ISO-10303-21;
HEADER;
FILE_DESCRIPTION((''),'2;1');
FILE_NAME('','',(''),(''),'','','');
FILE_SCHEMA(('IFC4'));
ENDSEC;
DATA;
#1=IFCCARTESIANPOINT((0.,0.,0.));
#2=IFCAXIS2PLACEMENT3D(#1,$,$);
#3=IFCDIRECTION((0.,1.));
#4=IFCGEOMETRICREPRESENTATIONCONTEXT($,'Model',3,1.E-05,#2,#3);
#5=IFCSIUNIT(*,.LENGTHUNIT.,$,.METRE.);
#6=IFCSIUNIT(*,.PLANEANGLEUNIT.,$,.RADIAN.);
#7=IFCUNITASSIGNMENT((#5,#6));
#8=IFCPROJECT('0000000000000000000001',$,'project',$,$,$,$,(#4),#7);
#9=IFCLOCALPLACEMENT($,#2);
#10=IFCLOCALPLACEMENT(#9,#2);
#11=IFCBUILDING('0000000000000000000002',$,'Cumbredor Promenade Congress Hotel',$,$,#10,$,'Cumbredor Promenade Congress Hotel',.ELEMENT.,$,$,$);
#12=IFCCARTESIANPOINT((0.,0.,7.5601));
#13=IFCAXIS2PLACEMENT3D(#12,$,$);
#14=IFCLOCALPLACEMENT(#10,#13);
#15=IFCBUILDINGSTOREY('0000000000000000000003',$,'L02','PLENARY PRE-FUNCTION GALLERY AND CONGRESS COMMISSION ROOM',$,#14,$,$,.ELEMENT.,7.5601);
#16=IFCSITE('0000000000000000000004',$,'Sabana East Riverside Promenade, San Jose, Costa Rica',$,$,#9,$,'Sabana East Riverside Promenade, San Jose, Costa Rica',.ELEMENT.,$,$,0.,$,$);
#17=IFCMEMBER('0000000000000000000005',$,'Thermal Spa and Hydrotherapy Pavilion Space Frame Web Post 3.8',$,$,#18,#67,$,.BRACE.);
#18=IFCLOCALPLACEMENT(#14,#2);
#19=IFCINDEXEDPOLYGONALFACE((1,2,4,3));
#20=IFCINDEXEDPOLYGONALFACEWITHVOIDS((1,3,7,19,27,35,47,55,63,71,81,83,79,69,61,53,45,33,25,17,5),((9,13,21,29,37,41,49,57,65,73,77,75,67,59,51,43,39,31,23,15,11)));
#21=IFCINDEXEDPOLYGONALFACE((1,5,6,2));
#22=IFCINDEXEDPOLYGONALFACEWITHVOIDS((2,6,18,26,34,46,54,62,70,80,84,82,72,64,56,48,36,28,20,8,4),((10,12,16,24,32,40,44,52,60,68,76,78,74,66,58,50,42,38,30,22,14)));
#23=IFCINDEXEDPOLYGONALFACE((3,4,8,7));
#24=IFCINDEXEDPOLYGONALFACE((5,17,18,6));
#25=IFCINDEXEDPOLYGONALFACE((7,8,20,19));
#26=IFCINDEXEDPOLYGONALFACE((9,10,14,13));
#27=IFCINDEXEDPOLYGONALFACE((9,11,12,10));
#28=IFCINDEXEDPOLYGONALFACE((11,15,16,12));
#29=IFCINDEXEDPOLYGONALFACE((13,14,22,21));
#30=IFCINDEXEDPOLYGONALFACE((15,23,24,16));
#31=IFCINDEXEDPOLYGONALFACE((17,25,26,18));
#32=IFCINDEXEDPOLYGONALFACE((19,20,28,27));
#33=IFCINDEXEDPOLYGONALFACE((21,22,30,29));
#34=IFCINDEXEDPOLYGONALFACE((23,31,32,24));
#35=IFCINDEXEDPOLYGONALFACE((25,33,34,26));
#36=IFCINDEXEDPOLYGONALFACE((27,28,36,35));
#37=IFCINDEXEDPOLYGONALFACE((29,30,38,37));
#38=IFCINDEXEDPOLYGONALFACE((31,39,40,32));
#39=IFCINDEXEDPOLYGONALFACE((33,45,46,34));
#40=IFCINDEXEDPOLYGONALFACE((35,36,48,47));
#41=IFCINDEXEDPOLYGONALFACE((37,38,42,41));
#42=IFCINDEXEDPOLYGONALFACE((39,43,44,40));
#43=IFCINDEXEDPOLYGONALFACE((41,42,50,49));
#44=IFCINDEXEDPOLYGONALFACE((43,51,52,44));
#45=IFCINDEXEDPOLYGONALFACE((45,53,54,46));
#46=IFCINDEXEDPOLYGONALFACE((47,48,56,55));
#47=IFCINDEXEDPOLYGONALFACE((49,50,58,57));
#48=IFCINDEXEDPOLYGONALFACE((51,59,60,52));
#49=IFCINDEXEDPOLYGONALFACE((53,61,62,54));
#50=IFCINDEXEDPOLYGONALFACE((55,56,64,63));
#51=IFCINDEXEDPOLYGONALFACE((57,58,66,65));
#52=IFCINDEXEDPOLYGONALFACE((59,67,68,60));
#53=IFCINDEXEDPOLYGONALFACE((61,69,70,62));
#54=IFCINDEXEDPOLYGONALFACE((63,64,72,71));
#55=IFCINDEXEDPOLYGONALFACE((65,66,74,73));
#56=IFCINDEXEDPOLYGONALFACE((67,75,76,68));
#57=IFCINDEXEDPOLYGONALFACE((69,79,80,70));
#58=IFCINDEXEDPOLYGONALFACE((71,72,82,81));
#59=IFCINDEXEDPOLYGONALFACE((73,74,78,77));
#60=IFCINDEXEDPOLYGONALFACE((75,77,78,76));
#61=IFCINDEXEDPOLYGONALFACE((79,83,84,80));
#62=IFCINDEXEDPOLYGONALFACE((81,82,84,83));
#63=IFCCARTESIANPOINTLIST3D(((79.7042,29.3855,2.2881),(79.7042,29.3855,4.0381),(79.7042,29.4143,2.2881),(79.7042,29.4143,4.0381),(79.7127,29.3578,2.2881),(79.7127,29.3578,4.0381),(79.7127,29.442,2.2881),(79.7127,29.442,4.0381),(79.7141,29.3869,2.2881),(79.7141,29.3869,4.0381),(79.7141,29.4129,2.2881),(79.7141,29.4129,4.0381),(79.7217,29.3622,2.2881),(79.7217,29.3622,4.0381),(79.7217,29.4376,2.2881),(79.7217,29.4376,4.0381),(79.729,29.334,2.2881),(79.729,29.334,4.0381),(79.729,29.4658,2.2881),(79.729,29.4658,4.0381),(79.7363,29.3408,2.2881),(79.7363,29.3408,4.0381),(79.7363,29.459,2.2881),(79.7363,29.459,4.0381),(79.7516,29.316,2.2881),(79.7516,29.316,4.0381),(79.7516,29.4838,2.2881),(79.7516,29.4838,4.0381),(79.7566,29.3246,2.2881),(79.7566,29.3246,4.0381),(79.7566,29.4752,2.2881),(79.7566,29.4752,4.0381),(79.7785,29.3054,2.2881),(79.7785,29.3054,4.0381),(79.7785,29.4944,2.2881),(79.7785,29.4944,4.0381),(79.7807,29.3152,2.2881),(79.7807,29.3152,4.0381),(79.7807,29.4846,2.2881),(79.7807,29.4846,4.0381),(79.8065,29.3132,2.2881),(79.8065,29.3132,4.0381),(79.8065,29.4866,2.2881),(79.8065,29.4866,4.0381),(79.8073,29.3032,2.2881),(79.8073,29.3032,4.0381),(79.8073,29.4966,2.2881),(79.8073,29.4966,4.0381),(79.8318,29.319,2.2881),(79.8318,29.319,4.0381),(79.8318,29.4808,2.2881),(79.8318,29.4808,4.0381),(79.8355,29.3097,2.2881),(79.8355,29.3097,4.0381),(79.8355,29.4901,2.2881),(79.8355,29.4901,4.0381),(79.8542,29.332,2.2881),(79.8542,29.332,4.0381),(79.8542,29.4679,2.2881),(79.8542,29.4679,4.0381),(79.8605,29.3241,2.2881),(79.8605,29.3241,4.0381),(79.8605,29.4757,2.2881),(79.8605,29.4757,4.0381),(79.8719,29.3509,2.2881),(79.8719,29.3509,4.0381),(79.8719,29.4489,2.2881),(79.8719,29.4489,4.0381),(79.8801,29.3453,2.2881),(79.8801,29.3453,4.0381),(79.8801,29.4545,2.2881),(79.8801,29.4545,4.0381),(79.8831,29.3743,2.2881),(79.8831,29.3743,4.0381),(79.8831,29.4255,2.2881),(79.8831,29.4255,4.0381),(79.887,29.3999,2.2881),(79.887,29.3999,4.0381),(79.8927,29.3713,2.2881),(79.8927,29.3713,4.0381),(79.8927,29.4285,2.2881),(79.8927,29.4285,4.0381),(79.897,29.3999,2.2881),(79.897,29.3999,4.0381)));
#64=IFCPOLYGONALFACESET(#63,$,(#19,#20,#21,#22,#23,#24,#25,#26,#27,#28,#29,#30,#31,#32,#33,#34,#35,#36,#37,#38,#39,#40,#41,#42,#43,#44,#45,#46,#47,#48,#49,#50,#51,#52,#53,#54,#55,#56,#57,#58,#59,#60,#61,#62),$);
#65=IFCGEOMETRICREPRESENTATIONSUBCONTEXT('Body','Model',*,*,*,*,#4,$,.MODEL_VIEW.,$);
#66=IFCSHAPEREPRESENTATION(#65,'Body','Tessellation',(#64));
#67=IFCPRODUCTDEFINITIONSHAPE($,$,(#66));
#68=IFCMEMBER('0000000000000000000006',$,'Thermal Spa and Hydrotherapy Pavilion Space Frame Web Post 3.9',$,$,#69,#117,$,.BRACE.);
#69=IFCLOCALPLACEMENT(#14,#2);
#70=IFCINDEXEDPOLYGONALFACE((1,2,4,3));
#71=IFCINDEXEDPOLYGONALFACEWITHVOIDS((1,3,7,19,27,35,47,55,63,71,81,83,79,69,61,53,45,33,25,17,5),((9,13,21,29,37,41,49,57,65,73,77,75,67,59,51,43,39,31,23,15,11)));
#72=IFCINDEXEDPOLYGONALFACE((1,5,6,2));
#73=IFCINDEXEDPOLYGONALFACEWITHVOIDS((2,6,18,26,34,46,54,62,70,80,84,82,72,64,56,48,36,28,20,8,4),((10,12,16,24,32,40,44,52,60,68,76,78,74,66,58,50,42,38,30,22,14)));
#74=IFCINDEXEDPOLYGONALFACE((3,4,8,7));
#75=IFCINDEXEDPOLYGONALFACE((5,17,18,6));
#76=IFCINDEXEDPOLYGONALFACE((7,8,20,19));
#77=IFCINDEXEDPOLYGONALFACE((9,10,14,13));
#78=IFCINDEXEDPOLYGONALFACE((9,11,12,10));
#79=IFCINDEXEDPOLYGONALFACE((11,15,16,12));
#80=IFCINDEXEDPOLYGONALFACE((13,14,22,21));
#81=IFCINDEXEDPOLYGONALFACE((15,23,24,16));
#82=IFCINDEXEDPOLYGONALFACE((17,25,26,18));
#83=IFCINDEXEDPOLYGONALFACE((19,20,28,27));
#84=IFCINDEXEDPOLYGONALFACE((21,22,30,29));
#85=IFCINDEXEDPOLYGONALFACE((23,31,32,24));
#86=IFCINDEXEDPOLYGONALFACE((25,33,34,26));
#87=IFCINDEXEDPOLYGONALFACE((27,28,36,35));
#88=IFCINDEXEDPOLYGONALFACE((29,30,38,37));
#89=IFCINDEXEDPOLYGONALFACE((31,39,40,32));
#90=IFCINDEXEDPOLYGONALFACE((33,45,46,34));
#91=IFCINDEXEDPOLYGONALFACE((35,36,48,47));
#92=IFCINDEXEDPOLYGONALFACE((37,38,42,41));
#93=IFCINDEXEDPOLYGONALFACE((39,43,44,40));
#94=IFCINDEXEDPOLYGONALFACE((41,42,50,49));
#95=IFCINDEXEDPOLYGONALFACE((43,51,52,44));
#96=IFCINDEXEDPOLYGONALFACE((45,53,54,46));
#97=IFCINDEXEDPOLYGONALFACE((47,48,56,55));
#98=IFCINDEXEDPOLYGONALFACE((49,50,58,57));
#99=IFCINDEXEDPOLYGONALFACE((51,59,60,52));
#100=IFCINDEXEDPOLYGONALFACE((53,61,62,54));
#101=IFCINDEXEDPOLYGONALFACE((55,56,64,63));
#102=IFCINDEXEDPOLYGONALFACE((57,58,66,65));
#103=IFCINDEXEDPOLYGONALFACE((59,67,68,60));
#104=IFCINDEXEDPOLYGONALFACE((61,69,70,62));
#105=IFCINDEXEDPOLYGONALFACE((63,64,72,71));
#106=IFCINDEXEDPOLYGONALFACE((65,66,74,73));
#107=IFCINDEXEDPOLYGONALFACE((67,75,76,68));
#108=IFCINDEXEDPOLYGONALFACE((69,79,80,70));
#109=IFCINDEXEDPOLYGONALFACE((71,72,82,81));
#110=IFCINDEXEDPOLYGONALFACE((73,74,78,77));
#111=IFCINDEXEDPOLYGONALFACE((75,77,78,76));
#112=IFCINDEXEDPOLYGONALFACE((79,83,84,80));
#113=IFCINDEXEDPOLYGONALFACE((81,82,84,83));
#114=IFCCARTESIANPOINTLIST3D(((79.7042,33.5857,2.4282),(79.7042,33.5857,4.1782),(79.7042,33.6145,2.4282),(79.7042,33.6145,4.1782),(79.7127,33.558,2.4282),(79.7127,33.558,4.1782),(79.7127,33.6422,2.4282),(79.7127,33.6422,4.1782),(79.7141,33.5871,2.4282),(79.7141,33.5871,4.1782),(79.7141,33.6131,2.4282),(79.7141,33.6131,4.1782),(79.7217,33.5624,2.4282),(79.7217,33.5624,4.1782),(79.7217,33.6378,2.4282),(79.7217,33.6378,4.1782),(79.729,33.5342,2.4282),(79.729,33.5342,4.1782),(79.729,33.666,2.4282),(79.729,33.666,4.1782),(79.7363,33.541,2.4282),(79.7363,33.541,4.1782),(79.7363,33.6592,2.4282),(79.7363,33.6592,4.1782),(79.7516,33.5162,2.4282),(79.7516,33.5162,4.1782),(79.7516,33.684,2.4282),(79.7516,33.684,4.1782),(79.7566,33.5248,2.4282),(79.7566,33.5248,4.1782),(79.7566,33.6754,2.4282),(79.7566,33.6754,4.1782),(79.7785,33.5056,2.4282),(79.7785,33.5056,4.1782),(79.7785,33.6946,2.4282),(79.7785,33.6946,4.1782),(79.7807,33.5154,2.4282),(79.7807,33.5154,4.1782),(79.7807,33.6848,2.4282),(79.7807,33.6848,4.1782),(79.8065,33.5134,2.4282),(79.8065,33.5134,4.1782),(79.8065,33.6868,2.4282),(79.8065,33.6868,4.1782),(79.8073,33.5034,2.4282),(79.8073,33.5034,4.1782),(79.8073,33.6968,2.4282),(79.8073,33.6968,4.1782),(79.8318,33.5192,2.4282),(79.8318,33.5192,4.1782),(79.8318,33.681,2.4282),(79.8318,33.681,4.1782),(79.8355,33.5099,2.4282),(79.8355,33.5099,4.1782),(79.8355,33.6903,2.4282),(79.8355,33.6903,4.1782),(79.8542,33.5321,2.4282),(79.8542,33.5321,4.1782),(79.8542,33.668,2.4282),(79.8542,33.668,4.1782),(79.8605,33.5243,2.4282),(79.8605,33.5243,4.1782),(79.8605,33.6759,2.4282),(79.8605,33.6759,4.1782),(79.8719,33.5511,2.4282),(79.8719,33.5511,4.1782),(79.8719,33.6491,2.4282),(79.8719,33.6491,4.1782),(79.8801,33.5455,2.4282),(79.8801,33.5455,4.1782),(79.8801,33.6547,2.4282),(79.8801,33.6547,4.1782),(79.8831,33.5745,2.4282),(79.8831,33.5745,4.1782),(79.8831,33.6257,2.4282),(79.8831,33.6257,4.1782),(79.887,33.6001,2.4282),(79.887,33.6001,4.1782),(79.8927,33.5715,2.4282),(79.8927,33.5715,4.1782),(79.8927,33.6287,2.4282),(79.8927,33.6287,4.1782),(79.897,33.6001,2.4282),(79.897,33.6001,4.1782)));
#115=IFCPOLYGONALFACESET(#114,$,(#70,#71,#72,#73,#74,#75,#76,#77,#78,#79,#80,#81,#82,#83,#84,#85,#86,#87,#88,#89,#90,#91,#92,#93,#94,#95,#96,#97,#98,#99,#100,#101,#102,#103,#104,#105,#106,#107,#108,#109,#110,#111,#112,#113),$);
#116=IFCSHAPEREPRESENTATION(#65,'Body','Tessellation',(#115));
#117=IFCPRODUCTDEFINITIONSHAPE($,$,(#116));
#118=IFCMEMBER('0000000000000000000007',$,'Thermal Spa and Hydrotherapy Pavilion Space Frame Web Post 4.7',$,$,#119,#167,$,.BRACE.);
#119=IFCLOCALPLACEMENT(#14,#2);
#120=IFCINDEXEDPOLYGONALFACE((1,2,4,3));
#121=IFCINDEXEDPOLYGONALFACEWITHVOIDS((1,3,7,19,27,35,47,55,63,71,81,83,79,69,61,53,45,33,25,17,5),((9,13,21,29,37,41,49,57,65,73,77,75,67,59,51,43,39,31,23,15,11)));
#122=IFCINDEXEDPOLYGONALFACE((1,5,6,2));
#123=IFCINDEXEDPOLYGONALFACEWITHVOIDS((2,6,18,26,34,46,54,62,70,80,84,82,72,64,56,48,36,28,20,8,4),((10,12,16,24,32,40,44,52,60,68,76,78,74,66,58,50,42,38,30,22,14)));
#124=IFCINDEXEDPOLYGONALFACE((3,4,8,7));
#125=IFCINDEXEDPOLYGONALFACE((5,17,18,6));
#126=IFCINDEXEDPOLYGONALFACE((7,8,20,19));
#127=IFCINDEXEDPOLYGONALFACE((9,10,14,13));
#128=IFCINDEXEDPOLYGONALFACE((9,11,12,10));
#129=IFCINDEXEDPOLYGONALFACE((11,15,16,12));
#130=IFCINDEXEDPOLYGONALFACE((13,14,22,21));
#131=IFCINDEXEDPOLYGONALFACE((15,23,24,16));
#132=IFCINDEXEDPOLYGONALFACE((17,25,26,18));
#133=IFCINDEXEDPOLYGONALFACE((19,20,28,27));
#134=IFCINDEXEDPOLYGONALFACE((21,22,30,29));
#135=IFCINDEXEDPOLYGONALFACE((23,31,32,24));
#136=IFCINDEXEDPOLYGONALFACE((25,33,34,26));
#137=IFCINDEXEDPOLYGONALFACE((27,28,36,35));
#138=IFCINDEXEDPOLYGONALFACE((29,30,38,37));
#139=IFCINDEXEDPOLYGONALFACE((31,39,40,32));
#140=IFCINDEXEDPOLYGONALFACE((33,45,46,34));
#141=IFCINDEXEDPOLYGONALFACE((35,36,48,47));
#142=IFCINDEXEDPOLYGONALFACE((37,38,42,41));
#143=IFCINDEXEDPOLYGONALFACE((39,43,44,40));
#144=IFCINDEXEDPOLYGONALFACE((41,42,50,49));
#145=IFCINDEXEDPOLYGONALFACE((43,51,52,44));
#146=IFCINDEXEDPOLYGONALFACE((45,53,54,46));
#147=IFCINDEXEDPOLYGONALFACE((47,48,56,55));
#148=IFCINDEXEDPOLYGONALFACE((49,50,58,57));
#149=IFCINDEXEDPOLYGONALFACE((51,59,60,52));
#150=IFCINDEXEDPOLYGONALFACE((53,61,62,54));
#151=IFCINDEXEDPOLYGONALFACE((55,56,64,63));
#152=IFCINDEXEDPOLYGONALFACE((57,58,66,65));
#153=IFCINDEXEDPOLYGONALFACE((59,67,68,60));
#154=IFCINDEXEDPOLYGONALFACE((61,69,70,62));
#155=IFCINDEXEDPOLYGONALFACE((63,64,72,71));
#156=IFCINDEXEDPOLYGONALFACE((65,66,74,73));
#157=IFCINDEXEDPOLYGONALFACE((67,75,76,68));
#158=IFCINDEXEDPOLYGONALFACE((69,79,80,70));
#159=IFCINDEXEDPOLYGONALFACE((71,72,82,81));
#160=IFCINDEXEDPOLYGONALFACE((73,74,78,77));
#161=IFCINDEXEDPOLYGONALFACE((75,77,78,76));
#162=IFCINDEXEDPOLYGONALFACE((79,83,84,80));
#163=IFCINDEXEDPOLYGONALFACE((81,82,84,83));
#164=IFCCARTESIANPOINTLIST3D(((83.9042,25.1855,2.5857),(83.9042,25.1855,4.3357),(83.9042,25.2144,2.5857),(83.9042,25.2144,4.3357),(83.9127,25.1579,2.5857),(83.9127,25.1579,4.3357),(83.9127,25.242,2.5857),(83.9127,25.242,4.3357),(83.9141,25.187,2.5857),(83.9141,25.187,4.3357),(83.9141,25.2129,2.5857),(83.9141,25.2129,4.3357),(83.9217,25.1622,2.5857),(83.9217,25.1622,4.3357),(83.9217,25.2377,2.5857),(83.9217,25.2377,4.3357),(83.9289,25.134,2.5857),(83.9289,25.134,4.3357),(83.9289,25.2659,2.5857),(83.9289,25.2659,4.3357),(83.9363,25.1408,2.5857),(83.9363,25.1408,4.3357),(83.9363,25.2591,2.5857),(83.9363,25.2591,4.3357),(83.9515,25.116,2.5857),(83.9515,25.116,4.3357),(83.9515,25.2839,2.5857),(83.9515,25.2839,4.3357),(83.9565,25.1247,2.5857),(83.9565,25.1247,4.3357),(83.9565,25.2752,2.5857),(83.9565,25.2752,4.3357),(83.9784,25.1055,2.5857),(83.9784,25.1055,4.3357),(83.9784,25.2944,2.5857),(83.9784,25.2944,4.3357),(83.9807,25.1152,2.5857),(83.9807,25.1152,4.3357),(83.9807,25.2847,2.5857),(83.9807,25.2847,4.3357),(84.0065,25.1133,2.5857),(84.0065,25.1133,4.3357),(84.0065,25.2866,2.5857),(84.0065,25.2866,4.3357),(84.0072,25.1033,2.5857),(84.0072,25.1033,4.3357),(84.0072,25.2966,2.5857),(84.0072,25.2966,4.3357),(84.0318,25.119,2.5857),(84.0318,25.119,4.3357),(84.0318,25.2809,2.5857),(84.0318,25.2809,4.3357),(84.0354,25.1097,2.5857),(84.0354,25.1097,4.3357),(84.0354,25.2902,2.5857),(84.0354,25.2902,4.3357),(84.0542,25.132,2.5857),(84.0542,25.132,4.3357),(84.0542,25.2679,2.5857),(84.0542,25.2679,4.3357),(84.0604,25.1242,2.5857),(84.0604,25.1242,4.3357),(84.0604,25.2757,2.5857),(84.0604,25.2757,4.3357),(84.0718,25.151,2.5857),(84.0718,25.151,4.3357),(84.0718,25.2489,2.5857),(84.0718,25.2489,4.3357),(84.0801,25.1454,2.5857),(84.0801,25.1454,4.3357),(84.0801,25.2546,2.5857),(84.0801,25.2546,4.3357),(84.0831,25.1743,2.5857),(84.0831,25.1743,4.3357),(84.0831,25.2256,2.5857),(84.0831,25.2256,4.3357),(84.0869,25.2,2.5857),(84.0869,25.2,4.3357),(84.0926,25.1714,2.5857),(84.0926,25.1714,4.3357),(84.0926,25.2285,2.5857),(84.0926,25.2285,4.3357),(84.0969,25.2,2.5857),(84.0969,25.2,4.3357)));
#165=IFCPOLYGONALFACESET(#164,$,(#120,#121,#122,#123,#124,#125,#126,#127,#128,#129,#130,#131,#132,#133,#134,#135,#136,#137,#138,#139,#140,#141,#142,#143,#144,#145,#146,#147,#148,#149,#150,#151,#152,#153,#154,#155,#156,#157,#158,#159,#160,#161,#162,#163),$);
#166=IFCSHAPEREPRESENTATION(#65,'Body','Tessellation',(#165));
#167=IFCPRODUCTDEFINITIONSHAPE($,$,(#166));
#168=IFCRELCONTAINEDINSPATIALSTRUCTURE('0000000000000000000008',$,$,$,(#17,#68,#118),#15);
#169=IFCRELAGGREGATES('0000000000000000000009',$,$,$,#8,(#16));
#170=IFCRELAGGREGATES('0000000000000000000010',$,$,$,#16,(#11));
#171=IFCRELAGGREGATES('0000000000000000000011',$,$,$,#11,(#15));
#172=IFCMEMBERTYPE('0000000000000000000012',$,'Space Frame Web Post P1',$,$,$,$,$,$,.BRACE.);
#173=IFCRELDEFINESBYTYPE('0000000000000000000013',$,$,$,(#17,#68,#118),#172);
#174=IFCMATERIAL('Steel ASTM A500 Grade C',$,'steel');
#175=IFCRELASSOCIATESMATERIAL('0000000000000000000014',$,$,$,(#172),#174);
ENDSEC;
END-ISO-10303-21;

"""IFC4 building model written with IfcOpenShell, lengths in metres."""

from ifc_helpers import new_model, si_unit, direction, frame, origin, origin_2d, place, context, subcontext, project, spatial, hollow_circle, extrude, material, material_profile, profile_set, type_object, element, save


model = new_model("IFC4")

# Units and contexts
model_context = context("Model", 3, precision=1e-05, world=origin(), true_north=direction((0.0, 1.0)))
body_context = subcontext(model_context, "Body", "Model", "MODEL_VIEW")
ifc_project = project(units=[si_unit("LENGTHUNIT", "METRE"), si_unit("PLANEANGLEUNIT", "RADIAN")], contexts=[model_context])

# Site, building, storey
site_placement = place(None, origin())
site = spatial("IfcSite", under=ifc_project, at=site_placement, Name="Sabana East Riverside Promenade, San Jose, Costa Rica", LongName="Sabana East Riverside Promenade, San Jose, Costa Rica", CompositionType="ELEMENT", RefElevation=0.0)
building_placement = place(site_placement, origin())
building = spatial("IfcBuilding", under=site, at=building_placement, Name="Cumbredor Promenade Congress Hotel", LongName="Cumbredor Promenade Congress Hotel", CompositionType="ELEMENT")
storey_placement = place(building_placement, frame((0.0, 0.0, 7.5601)))
storey = spatial("IfcBuildingStorey", under=building, at=storey_placement, Name="L02", Description="PLENARY PRE-FUNCTION GALLERY AND CONGRESS COMMISSION ROOM", CompositionType="ELEMENT", Elevation=7.5601)

# Members
ifc_material_1 = material(Name="Steel ASTM A500 Grade C", Category="steel")
ifc_material_profile_1 = material_profile(ifc_material_1, hollow_circle(Radius=0.0969, WallThickness=0.01, at=origin_2d()), Name="CHS 193.7x10")
ifc_profile_set_1 = profile_set([ifc_material_profile_1], Name="Steel ASTM A500 Grade C")
member_type_1 = type_object("IfcMemberType", Name="Space Frame Web Post P1", PredefinedType="BRACE", material=ifc_profile_set_1)
for number, where, z_axis, x_axis, name in (
    (1, (79.8, 29.3999, 2.2881), (0.0, 0.0, 1.0), (1.0, 0.0, 0.0), "Thermal Spa and Hydrotherapy Pavilion Space Frame Web Post 3.8"),
    (2, (79.8, 33.6001, 2.4282), (0.0, 0.0, 1.0), (1.0, 0.0, 0.0), "Thermal Spa and Hydrotherapy Pavilion Space Frame Web Post 3.9"),
    (3, (84.0, 25.2, 2.5857), (0.0, 0.0, 1.0), (1.0, 0.0, 0.0), "Thermal Spa and Hydrotherapy Pavilion Space Frame Web Post 4.7"),
):
    element("IfcMember", number, at=place(storey_placement, frame(where, z_axis=z_axis, x_axis=x_axis)), inside=storey, type_object=member_type_1, Name=name, PredefinedType="BRACE", context=body_context, shape_type="SweptSolid", body=[
        extrude(hollow_circle(Radius=0.0969, WallThickness=0.01, at=origin_2d()), origin(), (0.0, 0.0, 1.0), 1.75),
    ])

save(model, "model.ifc")
